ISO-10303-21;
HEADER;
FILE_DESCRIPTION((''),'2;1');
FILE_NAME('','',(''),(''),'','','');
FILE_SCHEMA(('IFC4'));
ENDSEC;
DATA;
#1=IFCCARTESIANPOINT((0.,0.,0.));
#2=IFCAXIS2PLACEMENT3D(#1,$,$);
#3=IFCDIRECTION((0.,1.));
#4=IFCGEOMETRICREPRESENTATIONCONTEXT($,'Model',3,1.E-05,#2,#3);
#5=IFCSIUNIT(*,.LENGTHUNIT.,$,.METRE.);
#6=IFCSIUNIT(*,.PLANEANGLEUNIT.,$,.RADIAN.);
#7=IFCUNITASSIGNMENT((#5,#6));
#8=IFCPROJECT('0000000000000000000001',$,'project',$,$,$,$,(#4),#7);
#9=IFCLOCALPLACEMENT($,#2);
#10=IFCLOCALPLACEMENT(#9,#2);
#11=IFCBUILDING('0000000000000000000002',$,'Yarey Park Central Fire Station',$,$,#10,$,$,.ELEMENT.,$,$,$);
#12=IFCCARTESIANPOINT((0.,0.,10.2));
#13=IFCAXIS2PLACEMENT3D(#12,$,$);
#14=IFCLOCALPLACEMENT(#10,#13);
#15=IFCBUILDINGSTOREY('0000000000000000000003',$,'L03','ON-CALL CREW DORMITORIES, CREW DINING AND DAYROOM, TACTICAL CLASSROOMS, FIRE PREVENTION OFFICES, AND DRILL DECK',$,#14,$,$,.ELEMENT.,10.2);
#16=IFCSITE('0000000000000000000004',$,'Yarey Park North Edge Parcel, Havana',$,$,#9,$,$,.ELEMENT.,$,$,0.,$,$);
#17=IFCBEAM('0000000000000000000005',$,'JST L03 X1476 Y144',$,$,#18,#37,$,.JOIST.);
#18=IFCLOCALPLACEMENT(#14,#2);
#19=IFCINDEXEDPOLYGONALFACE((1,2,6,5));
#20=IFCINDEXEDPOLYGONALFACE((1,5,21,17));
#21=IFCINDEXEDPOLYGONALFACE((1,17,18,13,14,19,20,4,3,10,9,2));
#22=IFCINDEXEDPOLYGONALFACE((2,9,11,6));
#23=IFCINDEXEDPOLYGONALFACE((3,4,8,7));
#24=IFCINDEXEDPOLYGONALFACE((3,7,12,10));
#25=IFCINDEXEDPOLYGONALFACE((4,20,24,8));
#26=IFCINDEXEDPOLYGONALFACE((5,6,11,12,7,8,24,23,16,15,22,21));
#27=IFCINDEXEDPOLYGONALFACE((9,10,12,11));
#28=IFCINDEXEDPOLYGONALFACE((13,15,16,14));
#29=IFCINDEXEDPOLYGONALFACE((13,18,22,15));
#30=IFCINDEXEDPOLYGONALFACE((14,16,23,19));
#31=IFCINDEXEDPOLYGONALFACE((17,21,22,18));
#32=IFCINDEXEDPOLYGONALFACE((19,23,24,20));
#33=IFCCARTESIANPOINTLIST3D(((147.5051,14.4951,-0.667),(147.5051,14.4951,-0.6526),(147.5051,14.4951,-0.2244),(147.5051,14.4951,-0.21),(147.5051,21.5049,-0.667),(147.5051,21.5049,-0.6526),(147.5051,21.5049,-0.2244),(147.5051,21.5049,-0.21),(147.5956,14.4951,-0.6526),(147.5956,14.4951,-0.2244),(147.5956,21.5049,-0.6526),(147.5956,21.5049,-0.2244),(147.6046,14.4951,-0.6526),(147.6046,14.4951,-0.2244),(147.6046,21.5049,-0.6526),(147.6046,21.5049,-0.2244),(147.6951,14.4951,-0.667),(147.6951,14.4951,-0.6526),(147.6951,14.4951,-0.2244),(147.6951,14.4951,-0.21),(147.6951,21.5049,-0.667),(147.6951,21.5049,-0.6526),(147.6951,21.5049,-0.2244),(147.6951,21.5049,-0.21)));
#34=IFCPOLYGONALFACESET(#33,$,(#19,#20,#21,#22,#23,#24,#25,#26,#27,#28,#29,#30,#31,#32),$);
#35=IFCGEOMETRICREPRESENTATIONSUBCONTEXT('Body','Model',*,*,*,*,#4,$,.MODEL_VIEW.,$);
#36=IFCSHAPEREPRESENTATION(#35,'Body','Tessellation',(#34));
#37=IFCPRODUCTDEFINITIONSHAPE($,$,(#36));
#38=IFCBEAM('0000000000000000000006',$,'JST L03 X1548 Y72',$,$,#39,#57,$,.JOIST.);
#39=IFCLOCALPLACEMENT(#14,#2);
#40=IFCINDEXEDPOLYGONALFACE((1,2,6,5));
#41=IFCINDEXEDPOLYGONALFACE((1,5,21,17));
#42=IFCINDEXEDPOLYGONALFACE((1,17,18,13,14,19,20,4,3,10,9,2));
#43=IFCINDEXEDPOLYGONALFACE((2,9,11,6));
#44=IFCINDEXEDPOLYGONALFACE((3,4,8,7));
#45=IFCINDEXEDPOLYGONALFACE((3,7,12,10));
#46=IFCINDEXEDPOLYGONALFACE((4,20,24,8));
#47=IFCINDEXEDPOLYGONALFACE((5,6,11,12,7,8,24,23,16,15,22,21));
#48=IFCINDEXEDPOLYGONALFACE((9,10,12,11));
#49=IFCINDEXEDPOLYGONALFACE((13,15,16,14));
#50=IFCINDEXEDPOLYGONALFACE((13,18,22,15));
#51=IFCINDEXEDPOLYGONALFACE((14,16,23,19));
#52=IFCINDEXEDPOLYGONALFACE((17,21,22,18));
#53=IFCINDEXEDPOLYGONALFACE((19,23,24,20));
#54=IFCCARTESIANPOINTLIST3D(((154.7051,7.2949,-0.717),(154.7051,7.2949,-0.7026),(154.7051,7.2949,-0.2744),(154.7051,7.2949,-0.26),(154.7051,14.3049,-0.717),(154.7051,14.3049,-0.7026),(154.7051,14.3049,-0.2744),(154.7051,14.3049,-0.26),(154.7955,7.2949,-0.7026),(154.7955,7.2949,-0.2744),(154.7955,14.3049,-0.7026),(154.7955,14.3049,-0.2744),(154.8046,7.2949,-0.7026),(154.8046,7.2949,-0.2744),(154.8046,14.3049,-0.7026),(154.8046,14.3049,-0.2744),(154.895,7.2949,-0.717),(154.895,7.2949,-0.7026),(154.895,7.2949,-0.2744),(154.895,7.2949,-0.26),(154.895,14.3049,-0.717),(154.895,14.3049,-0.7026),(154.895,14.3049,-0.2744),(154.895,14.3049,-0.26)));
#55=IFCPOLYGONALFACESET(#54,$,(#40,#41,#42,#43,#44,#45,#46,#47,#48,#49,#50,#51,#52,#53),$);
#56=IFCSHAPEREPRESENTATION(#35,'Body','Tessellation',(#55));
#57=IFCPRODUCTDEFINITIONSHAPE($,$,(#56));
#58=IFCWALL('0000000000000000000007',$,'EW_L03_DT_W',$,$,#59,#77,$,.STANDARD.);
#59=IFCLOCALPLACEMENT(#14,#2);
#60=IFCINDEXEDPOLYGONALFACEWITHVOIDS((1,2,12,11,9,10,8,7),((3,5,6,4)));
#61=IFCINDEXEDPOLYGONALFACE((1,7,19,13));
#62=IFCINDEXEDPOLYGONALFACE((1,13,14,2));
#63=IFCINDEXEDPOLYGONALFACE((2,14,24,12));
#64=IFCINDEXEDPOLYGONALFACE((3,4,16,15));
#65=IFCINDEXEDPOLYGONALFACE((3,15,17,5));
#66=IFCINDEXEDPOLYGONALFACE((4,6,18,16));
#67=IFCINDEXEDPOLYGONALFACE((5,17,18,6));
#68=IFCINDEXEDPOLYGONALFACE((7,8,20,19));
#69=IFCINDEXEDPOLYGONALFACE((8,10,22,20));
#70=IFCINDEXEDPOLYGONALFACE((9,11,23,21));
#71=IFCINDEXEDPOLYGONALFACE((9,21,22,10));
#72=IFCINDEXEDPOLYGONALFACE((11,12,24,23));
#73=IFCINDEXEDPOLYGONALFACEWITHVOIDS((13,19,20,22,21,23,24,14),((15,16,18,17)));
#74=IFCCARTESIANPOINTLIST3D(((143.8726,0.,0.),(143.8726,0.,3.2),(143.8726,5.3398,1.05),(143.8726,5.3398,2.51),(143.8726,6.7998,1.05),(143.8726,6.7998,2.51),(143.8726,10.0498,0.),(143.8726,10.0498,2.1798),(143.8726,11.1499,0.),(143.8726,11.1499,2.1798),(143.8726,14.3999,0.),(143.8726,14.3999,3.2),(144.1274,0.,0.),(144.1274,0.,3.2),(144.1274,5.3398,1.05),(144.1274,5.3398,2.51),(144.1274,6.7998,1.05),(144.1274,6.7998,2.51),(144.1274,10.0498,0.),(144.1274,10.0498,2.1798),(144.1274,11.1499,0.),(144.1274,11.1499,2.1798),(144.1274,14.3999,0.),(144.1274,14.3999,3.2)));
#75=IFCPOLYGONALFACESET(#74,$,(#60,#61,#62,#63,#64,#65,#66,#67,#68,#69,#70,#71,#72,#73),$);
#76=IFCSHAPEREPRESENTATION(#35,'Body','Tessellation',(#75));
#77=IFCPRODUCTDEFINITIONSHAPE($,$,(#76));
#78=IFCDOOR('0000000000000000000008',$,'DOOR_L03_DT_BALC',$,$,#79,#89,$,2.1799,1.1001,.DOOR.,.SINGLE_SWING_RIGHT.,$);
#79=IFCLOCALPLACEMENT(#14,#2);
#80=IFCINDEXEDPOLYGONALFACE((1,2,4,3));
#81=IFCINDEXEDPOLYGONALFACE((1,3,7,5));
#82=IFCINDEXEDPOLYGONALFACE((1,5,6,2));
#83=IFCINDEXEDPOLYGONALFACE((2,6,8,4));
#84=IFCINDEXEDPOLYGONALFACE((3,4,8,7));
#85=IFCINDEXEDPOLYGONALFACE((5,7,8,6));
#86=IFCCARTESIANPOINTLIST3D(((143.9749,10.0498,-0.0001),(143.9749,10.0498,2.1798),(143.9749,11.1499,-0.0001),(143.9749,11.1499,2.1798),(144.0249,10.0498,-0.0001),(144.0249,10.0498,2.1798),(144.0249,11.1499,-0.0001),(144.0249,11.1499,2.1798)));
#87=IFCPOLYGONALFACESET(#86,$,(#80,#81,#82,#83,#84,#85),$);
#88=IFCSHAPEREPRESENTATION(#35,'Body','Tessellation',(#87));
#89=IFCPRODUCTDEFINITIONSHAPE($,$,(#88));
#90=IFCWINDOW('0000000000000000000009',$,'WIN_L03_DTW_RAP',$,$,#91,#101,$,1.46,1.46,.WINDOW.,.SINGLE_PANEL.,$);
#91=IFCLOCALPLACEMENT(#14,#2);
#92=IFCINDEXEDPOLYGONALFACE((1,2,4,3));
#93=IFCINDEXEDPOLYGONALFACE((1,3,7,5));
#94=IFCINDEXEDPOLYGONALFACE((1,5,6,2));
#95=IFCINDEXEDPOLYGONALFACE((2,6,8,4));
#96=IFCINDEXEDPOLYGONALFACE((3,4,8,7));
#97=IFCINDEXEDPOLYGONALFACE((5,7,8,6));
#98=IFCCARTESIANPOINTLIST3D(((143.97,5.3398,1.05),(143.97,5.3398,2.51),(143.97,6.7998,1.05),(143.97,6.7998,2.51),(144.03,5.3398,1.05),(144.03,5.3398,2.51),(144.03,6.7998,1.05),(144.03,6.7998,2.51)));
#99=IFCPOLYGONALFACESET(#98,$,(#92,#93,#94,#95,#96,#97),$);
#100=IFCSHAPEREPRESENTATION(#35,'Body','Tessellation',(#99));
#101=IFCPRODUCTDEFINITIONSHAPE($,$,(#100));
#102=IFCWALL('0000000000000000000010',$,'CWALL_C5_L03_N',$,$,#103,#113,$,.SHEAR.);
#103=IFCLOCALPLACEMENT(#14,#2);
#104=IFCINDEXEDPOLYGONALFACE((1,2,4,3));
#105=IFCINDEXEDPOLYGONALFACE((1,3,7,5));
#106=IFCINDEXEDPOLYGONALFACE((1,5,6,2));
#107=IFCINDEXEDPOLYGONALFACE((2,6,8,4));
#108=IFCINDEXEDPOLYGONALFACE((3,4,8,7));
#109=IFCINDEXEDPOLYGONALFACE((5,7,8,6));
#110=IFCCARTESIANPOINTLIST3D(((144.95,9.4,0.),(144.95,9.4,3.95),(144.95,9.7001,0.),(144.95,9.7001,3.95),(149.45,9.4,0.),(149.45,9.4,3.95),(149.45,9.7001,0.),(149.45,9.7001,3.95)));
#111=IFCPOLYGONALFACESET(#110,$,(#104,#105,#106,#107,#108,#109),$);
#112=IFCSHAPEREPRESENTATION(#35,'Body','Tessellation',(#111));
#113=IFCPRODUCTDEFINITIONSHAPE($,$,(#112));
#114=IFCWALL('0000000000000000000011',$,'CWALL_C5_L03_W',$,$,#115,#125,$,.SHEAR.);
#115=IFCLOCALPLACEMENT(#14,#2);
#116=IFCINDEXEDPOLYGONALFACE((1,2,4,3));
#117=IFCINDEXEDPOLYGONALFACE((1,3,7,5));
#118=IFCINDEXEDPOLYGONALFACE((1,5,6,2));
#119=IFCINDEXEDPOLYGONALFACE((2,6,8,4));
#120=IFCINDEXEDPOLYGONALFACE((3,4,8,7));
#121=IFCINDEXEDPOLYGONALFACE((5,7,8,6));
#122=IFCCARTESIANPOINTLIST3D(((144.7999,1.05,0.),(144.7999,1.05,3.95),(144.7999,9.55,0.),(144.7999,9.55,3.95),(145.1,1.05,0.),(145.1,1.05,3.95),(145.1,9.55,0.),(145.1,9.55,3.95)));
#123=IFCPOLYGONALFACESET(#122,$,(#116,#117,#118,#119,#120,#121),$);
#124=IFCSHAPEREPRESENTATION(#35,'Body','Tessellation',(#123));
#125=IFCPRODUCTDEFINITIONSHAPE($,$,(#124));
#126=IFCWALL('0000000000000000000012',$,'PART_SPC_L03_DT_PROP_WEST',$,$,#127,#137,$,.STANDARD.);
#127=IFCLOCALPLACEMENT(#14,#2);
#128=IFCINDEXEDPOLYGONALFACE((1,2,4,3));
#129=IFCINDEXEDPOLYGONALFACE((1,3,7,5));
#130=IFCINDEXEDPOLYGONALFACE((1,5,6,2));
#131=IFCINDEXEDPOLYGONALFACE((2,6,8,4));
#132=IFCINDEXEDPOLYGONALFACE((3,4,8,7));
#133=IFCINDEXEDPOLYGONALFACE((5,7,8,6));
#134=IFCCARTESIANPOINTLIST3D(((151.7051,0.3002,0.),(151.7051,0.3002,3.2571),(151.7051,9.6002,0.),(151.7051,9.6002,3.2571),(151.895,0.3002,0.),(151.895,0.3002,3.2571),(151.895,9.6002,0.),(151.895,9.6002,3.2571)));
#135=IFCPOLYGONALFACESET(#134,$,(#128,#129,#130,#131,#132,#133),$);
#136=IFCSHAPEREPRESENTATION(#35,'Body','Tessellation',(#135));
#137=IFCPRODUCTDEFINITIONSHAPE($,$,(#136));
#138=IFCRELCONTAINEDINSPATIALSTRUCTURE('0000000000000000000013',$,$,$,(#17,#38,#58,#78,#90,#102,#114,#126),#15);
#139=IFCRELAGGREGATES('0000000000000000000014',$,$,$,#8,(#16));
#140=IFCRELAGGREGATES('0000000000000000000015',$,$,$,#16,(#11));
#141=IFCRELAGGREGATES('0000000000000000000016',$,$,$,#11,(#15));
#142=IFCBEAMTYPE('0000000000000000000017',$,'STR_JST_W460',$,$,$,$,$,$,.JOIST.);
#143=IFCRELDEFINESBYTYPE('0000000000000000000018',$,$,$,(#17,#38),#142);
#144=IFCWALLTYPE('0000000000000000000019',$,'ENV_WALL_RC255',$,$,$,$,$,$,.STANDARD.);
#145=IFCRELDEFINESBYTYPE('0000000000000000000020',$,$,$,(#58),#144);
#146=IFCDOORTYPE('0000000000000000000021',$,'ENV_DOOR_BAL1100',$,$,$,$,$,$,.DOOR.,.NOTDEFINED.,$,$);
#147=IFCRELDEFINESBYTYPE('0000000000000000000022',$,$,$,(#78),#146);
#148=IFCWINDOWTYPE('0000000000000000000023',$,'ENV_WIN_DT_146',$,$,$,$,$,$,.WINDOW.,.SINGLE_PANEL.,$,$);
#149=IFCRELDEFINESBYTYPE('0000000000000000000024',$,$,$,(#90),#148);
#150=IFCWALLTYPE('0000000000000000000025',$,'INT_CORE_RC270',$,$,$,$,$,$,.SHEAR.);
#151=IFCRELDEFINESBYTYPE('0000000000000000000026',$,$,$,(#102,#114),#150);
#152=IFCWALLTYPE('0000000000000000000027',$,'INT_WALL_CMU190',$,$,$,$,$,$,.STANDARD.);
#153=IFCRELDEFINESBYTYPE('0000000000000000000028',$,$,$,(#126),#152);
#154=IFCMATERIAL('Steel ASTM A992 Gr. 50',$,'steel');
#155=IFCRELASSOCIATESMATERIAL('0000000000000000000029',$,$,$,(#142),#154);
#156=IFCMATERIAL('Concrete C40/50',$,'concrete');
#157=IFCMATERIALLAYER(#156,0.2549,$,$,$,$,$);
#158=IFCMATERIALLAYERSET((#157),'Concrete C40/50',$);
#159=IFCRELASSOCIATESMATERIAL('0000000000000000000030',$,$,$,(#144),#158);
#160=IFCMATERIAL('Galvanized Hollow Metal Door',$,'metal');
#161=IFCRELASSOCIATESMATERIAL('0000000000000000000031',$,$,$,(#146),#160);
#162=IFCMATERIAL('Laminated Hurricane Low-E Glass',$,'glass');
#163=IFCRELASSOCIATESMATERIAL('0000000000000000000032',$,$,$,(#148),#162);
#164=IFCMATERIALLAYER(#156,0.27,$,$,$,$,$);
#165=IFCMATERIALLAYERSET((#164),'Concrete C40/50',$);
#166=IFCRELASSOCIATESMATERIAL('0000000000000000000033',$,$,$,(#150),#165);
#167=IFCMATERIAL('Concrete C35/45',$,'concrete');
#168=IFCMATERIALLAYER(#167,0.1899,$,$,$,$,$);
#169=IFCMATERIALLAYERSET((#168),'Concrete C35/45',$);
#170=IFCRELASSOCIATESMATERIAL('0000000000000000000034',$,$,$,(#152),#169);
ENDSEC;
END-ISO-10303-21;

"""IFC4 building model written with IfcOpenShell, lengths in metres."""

from ifc_helpers import new_model, si_unit, direction, frame, frame_2d, origin, origin_2d, place, context, subcontext, project, spatial, rectangle, i_section, extrude, material, layer, layer_set, material_profile, profile_set, type_object, element, fill, save


model = new_model("IFC4")

# Units and contexts
model_context = context("Model", 3, precision=1e-05, world=origin(), true_north=direction((0.0, 1.0)))
body_context = subcontext(model_context, "Body", "Model", "MODEL_VIEW")
ifc_project = project(units=[si_unit("LENGTHUNIT", "METRE"), si_unit("PLANEANGLEUNIT", "RADIAN")], contexts=[model_context])

# Site, building, storey
site_placement = place(None, origin())
site = spatial("IfcSite", under=ifc_project, at=site_placement, Name="Yarey Park North Edge Parcel, Havana", CompositionType="ELEMENT", RefElevation=0.0)
building_placement = place(site_placement, origin())
building = spatial("IfcBuilding", under=site, at=building_placement, Name="Yarey Park Central Fire Station", CompositionType="ELEMENT")
storey_placement = place(building_placement, frame((0.0, 0.0, 10.2)))
storey = spatial("IfcBuildingStorey", under=building, at=storey_placement, Name="L03", Description="ON-CALL CREW DORMITORIES, CREW DINING AND DAYROOM, TACTICAL CLASSROOMS, FIRE PREVENTION OFFICES, AND DRILL DECK", CompositionType="ELEMENT", Elevation=10.2)

# Shared definitions
ifc_material_1 = material(Name="Steel ASTM A992 Gr. 50", Category="steel")

# Beams
ifc_material_profile_1 = material_profile(ifc_material_1, i_section(OverallWidth=0.1899, OverallDepth=0.457, WebThickness=0.009, FlangeThickness=0.0144, at=origin_2d()), Name="W460x74")
ifc_profile_set_1 = profile_set([ifc_material_profile_1], Name="Steel ASTM A992 Gr. 50")
beam_type_1 = type_object("IfcBeamType", Name="STR_JST_W460", PredefinedType="JOIST", material=ifc_profile_set_1)
beam_1_placement = place(storey_placement, frame((147.6001, 14.4951, -0.4385), z_axis=(0.0, 1.0, 0.0), x_axis=(-1.0, 0.0, 0.0)))
element("IfcBeam", 1, at=beam_1_placement, inside=storey, type_object=beam_type_1, Name="JST L03 X1476 Y144", PredefinedType="JOIST", context=body_context, shape_type="SweptSolid", body=[
    extrude(i_section(OverallWidth=0.1899, OverallDepth=0.457, WebThickness=0.009, FlangeThickness=0.0144, at=origin_2d()), origin(), (0.0, 0.0, 1.0), 7.0098),
])
beam_2_placement = place(storey_placement, frame((154.8, 7.2949, -0.4885), z_axis=(0.0, 1.0, 0.0), x_axis=(-1.0, 0.0, 0.0)))
element("IfcBeam", 2, at=beam_2_placement, inside=storey, type_object=beam_type_1, Name="JST L03 X1548 Y72", PredefinedType="JOIST", context=body_context, shape_type="SweptSolid", body=[
    extrude(i_section(OverallWidth=0.1899, OverallDepth=0.457, WebThickness=0.009, FlangeThickness=0.0144, at=origin_2d()), origin(), (0.0, 0.0, 1.0), 7.01),
])

# Wall, openings, door, window
ifc_material_2 = material(Name="Concrete C40/50", Category="concrete")
ifc_layer_1 = layer(ifc_material_2, 0.2549)
ifc_layer_set_1 = layer_set([ifc_layer_1], Name="Concrete C40/50")
wall_type_1 = type_object("IfcWallType", Name="ENV_WALL_RC255", PredefinedType="STANDARD", material=ifc_layer_set_1)
wall_1_placement = place(storey_placement, frame((144.0, 14.3999, 0.0), z_axis=(0.0, 0.0, 1.0), x_axis=(0.0, -1.0, 0.0)))
wall_1 = element("IfcWall", 3, at=wall_1_placement, inside=storey, type_object=wall_type_1, Name="EW_L03_DT_W", PredefinedType="STANDARD", context=body_context, shape_type="SweptSolid", body=[
    extrude(rectangle(XDim=14.3999, YDim=0.2549, at=frame_2d((7.2, 0.0))), origin(), (0.0, 0.0, 1.0), 3.2),
])
opening_1_placement = place(wall_1_placement, frame((3.25, 0.0, 0.0)))
opening_1 = element("IfcOpeningElement", 4, at=opening_1_placement, cuts=wall_1, PredefinedType="OPENING", context=body_context, shape_type="SweptSolid", body=[
    extrude(rectangle(XDim=1.1001, YDim=2.1799, at=frame_2d((0.55, 1.0898))), frame((0.0, 0.1375, 0.0), z_axis=(0.0, -1.0, 0.0), x_axis=(1.0, 0.0, 0.0)), (0.0, 0.0, 1.0), 0.2749),
])
opening_2_placement = place(wall_1_placement, frame((7.6001, 0.0, 1.05)))
opening_2 = element("IfcOpeningElement", 5, at=opening_2_placement, cuts=wall_1, PredefinedType="OPENING", context=body_context, shape_type="SweptSolid", body=[
    extrude(rectangle(XDim=1.46, YDim=1.46, at=frame_2d((0.73, 0.73))), frame((0.0, 0.1375, 0.0), z_axis=(0.0, -1.0, 0.0), x_axis=(1.0, 0.0, 0.0)), (0.0, 0.0, 1.0), 0.2749),
])
ifc_material_3 = material(Name="Galvanized Hollow Metal Door", Category="metal")
door_type = type_object("IfcDoorType", Name="ENV_DOOR_BAL1100", OperationType="NOTDEFINED", PredefinedType="DOOR", material=ifc_material_3)
door_placement = place(opening_1_placement, origin())
door = element("IfcDoor", 6, at=door_placement, inside=storey, type_object=door_type, Name="DOOR_L03_DT_BALC", OperationType="SINGLE_SWING_RIGHT", OverallHeight=2.1799, OverallWidth=1.1001, PredefinedType="DOOR", context=body_context, shape_type="SweptSolid", body=[
    extrude(rectangle(XDim=1.1001, YDim=2.1799, at=frame_2d((0.55, 1.0898))), frame((0.0, 0.0249, 0.0), z_axis=(0.0, -1.0, 0.0), x_axis=(1.0, 0.0, 0.0)), (0.0, 0.0, 1.0), 0.05),
])
fill(opening_1, door)
ifc_material_4 = material(Name="Laminated Hurricane Low-E Glass", Category="glass")
window_type = type_object("IfcWindowType", Name="ENV_WIN_DT_146", PartitioningType="SINGLE_PANEL", PredefinedType="WINDOW", material=ifc_material_4)
window_placement = place(opening_2_placement, origin())
window = element("IfcWindow", 7, at=window_placement, inside=storey, type_object=window_type, Name="WIN_L03_DTW_RAP", OverallHeight=1.46, OverallWidth=1.46, PartitioningType="SINGLE_PANEL", PredefinedType="WINDOW", context=body_context, shape_type="SweptSolid", body=[
    extrude(rectangle(XDim=1.46, YDim=1.46, at=frame_2d((0.73, 0.73))), frame((0.0, 0.03, 0.0), z_axis=(0.0, -1.0, 0.0), x_axis=(1.0, 0.0, 0.0)), (0.0, 0.0, 1.0), 0.0601),
])
fill(opening_2, window)

# Walls
ifc_layer_2 = layer(ifc_material_2, 0.27)
ifc_layer_set_2 = layer_set([ifc_layer_2], Name="Concrete C40/50")
wall_type_2 = type_object("IfcWallType", Name="INT_CORE_RC270", PredefinedType="SHEAR", material=ifc_layer_set_2)
wall_2_placement = place(storey_placement, frame((149.45, 9.55, 0.0), z_axis=(0.0, 0.0, 1.0), x_axis=(-1.0, 0.0, 0.0)))
element("IfcWall", 8, at=wall_2_placement, inside=storey, type_object=wall_type_2, Name="CWALL_C5_L03_N", PredefinedType="SHEAR", context=body_context, shape_type="SweptSolid", body=[
    extrude(rectangle(XDim=4.5, YDim=0.3, at=frame_2d((2.25, 0.0))), origin(), (0.0, 0.0, 1.0), 3.95),
])
wall_3_placement = place(storey_placement, frame((144.95, 9.55, 0.0), z_axis=(0.0, 0.0, 1.0), x_axis=(0.0, -1.0, 0.0)))
element("IfcWall", 9, at=wall_3_placement, inside=storey, type_object=wall_type_2, Name="CWALL_C5_L03_W", PredefinedType="SHEAR", context=body_context, shape_type="SweptSolid", body=[
    extrude(rectangle(XDim=8.5, YDim=0.3, at=frame_2d((4.25, 0.0))), origin(), (0.0, 0.0, 1.0), 3.95),
])
ifc_material_5 = material(Name="Concrete C35/45", Category="concrete")
ifc_layer_3 = layer(ifc_material_5, 0.1899)
ifc_layer_set_3 = layer_set([ifc_layer_3], Name="Concrete C35/45")
wall_type_3 = type_object("IfcWallType", Name="INT_WALL_CMU190", PredefinedType="STANDARD", material=ifc_layer_set_3)
wall_4_placement = place(storey_placement, frame((151.8, 9.6001, 0.0), z_axis=(0.0, 0.0, 1.0), x_axis=(0.0, -1.0, 0.0)))
element("IfcWall", 10, at=wall_4_placement, inside=storey, type_object=wall_type_3, Name="PART_SPC_L03_DT_PROP_WEST", PredefinedType="STANDARD", context=body_context, shape_type="SweptSolid", body=[
    extrude(rectangle(XDim=9.3, YDim=0.1899, at=frame_2d((4.6499, 0.0))), origin(), (0.0, 0.0, 1.0), 3.2571),
])

save(model, "model.ifc")
